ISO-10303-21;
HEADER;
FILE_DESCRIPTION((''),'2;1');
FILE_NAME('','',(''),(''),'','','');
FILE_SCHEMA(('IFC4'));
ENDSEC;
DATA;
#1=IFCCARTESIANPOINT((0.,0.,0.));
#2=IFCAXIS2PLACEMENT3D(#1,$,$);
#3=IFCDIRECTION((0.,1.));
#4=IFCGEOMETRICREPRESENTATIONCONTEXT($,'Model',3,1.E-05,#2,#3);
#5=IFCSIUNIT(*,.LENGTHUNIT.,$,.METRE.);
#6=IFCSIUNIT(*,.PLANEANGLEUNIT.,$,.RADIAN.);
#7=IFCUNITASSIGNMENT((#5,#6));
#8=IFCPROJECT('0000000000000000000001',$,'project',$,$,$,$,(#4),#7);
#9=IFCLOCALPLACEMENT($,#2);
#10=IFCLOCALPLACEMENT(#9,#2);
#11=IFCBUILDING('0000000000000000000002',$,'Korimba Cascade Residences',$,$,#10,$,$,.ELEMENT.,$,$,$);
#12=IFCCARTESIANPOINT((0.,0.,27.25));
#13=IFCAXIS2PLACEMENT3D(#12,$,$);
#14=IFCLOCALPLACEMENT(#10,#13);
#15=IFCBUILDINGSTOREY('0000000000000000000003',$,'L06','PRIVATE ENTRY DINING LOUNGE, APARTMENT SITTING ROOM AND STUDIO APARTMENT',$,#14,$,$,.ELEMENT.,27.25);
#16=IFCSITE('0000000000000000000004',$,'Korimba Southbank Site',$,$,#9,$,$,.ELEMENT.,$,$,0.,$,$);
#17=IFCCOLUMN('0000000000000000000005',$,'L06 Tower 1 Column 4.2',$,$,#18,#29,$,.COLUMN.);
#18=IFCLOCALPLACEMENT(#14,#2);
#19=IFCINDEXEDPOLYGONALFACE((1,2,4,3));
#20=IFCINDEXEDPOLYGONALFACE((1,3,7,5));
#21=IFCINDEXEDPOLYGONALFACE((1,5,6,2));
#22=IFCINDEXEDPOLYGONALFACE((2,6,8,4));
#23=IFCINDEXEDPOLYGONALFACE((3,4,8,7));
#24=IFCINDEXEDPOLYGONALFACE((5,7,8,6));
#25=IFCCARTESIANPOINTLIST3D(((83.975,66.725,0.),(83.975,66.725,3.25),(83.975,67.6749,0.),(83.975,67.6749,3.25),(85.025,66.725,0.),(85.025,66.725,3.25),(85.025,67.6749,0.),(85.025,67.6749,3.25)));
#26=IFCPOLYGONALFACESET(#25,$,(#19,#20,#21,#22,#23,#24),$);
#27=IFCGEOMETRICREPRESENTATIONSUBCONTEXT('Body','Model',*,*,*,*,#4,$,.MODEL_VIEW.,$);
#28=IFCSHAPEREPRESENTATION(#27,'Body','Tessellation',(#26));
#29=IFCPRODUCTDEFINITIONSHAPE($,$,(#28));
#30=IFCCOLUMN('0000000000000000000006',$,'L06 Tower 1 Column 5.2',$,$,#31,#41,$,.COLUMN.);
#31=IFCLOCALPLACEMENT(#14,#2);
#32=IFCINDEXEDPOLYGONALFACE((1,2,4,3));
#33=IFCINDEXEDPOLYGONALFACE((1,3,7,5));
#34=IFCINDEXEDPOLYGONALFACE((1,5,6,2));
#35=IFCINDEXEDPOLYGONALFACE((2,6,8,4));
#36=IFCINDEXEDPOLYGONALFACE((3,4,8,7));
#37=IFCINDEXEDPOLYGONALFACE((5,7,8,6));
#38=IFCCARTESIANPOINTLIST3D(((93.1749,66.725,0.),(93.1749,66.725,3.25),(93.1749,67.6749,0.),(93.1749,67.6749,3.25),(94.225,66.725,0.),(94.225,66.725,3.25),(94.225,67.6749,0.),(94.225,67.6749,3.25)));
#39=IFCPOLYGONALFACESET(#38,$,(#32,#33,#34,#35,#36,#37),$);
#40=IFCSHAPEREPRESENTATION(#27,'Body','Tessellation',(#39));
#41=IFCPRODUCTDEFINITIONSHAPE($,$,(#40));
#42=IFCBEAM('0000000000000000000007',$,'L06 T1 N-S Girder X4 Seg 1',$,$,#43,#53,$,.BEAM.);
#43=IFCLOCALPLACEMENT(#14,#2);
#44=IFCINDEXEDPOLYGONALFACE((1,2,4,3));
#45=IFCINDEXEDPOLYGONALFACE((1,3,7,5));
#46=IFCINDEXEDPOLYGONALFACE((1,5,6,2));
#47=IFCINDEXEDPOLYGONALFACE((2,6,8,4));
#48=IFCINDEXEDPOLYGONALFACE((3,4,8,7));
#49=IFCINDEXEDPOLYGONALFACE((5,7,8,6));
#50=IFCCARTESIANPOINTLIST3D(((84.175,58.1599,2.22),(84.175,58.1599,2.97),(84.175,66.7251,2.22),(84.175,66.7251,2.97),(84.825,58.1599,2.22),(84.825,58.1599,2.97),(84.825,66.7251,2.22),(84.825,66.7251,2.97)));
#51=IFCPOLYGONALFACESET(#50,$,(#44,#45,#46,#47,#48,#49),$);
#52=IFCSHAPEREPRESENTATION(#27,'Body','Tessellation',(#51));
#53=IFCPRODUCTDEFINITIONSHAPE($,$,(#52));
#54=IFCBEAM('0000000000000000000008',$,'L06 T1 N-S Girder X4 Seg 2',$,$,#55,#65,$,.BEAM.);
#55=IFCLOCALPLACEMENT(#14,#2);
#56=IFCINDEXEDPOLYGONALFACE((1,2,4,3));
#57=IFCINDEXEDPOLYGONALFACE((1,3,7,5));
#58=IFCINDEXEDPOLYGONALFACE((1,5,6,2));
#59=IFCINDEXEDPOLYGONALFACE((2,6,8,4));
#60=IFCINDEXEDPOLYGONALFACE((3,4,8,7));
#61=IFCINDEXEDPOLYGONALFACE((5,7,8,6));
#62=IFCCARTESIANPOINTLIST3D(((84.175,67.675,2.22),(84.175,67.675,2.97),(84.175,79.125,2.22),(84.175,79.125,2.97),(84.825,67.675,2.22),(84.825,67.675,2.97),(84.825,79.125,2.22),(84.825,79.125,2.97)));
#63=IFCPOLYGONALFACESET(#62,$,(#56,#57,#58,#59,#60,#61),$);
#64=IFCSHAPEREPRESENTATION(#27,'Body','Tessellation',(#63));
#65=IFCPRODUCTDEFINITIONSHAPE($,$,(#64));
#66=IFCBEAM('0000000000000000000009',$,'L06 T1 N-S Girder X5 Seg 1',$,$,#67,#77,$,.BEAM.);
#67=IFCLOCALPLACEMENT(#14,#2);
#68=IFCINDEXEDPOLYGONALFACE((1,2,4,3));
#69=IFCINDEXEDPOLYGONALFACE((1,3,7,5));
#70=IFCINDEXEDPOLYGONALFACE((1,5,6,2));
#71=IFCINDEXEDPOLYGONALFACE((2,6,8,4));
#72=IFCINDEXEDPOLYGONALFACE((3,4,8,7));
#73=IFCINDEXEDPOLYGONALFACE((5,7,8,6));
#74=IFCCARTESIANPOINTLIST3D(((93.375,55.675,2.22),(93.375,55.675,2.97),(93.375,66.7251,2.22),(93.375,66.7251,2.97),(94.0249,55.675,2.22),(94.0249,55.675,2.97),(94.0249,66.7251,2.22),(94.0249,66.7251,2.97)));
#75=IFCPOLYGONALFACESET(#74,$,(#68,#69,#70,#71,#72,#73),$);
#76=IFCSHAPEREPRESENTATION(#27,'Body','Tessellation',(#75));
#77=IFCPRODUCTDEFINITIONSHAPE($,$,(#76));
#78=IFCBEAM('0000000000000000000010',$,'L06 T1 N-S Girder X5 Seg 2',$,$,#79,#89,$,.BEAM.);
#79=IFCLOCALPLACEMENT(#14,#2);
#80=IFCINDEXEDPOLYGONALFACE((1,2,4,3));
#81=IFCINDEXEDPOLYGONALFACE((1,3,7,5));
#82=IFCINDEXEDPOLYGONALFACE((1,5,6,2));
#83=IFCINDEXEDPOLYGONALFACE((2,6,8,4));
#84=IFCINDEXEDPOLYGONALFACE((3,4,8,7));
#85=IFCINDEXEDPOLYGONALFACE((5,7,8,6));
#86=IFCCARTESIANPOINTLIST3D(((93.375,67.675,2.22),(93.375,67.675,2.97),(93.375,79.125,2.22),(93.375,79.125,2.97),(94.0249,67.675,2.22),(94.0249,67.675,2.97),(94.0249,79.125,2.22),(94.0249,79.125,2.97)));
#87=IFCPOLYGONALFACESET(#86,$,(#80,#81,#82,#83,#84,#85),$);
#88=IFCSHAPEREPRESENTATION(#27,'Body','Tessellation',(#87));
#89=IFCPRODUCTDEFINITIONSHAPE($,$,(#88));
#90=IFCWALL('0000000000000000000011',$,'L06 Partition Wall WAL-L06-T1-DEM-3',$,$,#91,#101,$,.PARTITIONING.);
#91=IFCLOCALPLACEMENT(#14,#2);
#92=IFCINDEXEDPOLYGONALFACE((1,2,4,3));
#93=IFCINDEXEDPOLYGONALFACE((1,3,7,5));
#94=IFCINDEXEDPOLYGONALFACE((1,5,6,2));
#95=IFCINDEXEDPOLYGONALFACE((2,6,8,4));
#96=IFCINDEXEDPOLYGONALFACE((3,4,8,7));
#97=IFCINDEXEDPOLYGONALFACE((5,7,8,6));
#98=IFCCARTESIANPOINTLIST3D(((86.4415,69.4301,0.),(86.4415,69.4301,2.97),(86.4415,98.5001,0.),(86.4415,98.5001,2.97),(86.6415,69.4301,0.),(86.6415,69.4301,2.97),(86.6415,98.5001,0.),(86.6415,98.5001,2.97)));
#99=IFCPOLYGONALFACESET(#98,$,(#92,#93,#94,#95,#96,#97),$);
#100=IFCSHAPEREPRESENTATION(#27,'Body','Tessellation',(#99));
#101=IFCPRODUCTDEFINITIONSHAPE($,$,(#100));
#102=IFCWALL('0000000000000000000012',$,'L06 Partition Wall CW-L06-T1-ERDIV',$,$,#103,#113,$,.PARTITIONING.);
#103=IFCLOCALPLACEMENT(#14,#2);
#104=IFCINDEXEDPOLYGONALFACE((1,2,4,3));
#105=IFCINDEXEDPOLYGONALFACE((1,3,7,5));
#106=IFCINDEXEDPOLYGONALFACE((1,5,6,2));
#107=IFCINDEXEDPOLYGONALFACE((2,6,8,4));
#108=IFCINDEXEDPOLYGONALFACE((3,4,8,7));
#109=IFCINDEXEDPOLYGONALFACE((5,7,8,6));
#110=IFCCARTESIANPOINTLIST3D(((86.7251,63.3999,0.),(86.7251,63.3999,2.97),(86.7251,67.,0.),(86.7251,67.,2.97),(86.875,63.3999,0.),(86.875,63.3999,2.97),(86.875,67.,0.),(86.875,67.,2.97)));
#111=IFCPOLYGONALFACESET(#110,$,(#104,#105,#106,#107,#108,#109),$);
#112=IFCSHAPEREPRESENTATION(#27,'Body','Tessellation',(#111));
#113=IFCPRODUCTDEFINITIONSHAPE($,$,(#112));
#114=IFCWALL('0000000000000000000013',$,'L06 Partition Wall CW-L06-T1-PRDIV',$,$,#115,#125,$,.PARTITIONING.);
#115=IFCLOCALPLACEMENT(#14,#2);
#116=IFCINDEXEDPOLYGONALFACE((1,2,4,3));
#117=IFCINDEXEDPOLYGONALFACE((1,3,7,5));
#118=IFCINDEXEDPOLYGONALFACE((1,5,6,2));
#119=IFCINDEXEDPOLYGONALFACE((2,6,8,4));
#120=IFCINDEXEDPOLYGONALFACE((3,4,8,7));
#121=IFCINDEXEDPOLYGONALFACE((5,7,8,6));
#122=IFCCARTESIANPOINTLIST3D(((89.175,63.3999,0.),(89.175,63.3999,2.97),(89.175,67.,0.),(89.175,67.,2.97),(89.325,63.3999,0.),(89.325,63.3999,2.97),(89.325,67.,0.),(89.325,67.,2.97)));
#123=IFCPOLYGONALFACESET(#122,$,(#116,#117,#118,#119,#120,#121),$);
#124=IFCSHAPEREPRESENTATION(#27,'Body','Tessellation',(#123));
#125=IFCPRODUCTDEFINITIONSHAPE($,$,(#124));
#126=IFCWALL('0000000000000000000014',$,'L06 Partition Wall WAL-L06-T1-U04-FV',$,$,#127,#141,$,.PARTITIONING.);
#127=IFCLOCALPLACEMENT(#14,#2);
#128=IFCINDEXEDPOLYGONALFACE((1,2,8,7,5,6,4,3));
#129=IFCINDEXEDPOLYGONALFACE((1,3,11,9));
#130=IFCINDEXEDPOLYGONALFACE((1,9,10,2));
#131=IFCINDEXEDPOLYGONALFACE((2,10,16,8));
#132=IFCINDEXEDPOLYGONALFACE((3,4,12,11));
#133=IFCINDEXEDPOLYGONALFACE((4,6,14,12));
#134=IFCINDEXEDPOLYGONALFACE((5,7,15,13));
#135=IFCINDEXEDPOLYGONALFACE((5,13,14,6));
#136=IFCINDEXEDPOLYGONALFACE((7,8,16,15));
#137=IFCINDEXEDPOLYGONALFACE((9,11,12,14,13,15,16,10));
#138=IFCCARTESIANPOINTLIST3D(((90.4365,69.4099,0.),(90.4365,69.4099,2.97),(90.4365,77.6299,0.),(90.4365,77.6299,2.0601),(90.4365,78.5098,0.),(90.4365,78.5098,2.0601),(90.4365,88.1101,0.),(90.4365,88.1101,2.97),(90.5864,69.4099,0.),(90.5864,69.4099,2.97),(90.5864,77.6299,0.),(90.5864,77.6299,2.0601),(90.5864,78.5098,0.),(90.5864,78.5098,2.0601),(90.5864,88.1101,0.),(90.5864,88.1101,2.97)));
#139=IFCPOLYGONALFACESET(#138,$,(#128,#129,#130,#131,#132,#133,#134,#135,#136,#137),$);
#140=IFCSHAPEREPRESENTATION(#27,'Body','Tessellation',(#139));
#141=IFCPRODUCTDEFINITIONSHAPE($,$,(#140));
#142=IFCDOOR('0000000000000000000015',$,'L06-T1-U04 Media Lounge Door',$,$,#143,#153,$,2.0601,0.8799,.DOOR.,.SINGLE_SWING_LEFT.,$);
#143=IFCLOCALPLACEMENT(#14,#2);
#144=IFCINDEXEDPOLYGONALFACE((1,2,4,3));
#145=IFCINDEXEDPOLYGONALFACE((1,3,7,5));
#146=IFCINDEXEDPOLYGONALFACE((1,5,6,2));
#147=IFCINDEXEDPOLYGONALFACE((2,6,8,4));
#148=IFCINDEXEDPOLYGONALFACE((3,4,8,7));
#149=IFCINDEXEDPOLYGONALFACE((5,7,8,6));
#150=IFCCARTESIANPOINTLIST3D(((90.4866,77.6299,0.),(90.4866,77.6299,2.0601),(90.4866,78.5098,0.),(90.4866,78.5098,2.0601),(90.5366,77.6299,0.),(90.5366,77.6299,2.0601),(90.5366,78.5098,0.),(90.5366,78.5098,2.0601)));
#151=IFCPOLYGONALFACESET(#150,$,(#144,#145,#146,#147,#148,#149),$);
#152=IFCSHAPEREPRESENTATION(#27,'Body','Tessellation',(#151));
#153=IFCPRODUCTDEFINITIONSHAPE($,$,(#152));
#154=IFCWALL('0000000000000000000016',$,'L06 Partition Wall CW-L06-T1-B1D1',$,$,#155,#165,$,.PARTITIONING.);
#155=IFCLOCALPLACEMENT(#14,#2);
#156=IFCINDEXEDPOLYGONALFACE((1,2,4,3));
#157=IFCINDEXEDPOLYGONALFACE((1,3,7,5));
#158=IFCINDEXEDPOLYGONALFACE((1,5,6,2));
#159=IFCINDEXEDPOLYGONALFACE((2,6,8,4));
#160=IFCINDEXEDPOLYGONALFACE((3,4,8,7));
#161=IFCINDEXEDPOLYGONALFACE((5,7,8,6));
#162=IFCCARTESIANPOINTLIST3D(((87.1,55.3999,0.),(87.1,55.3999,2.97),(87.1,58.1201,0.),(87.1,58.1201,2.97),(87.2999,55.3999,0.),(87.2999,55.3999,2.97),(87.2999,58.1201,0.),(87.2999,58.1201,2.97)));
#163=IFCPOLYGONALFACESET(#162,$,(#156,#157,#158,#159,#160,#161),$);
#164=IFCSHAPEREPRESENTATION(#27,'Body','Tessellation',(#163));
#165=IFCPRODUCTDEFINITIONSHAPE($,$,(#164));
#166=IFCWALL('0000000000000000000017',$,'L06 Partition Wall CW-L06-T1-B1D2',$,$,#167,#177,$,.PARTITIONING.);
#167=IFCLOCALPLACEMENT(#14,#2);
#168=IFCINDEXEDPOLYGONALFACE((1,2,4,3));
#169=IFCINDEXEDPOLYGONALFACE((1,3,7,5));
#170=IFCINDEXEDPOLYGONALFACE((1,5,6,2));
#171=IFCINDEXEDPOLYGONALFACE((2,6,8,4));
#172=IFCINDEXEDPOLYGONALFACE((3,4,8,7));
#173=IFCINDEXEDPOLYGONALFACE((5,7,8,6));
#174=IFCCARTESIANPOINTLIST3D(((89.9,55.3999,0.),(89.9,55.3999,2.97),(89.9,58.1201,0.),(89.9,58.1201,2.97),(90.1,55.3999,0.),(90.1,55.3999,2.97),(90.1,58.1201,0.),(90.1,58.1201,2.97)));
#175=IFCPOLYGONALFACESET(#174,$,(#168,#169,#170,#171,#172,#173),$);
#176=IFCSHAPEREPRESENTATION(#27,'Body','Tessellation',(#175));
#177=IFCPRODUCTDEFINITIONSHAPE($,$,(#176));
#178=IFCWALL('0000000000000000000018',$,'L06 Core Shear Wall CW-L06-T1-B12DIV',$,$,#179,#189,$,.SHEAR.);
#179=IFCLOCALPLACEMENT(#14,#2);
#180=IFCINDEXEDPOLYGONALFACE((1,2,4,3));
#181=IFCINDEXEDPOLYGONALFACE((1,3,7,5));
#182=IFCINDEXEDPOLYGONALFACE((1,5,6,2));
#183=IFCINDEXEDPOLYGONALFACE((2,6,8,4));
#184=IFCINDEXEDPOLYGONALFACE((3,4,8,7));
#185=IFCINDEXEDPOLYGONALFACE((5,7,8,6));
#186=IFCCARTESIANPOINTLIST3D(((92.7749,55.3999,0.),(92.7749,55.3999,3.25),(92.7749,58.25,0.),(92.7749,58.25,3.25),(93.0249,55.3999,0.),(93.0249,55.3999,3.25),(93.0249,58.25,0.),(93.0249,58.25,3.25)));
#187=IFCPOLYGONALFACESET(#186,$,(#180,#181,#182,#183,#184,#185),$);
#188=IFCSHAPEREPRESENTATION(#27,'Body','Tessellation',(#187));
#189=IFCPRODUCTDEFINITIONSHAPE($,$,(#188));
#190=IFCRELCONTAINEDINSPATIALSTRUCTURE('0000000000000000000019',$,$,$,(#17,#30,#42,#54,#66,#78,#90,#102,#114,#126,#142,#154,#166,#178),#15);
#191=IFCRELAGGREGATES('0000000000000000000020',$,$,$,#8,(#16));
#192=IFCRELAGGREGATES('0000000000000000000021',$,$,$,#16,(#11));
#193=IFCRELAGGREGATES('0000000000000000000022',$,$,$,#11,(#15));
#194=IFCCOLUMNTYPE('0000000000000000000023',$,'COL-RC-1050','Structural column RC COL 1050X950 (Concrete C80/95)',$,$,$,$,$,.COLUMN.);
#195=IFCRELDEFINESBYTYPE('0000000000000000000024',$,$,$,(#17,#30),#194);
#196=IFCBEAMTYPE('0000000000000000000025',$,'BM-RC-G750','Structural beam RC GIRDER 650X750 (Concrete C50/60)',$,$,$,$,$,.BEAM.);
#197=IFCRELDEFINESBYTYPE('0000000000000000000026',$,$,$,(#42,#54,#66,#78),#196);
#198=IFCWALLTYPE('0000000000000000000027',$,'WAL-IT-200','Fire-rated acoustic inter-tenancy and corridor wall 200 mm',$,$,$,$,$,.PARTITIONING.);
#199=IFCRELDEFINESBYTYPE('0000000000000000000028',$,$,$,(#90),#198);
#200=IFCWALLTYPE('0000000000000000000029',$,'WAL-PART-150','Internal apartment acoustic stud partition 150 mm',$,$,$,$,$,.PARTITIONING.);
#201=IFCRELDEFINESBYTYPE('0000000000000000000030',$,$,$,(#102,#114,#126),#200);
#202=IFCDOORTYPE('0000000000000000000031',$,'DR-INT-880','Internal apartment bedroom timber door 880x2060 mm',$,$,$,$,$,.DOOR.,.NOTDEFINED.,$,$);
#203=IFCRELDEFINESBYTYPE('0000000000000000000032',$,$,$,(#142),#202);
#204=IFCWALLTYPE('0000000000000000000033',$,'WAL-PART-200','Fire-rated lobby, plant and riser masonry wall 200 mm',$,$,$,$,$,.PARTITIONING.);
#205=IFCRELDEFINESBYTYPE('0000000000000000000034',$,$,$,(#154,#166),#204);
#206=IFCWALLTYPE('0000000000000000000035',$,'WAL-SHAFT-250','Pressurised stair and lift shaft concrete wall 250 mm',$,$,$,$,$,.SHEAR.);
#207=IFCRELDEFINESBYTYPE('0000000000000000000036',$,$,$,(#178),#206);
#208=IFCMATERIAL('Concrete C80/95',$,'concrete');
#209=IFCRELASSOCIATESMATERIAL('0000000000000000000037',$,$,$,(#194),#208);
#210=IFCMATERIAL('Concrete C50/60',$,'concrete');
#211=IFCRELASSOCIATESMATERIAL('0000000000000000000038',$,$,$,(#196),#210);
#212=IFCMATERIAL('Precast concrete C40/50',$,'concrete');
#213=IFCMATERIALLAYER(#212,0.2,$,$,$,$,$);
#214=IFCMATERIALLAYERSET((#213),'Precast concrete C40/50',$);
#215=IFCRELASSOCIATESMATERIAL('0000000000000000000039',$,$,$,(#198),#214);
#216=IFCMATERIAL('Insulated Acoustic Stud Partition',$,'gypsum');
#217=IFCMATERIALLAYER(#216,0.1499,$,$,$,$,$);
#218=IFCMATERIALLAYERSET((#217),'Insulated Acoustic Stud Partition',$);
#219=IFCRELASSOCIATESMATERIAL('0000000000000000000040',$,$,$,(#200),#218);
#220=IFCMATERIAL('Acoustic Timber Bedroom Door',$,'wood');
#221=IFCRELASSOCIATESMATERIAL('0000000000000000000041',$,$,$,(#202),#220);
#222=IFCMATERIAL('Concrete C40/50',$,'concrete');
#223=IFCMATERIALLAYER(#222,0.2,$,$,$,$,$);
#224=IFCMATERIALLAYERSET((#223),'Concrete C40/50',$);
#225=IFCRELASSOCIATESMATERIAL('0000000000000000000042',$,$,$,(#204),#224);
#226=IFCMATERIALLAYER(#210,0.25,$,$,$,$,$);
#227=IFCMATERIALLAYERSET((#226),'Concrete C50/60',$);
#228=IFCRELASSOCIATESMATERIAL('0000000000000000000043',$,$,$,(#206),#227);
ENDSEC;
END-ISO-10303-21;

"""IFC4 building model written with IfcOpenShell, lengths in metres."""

from ifc_helpers import new_model, si_unit, direction, frame, frame_2d, origin, origin_2d, place, context, subcontext, project, spatial, rectangle, extrude, material, layer, layer_set, material_profile, profile_set, type_object, element, fill, save


model = new_model("IFC4")

# Units and contexts
model_context = context("Model", 3, precision=1e-05, world=origin(), true_north=direction((0.0, 1.0)))
body_context = subcontext(model_context, "Body", "Model", "MODEL_VIEW")
ifc_project = project(units=[si_unit("LENGTHUNIT", "METRE"), si_unit("PLANEANGLEUNIT", "RADIAN")], contexts=[model_context])

# Site, building, storey
site_placement = place(None, origin())
site = spatial("IfcSite", under=ifc_project, at=site_placement, Name="Korimba Southbank Site", CompositionType="ELEMENT", RefElevation=0.0)
building_placement = place(site_placement, origin())
building = spatial("IfcBuilding", under=site, at=building_placement, Name="Korimba Cascade Residences", CompositionType="ELEMENT")
storey_placement = place(building_placement, frame((0.0, 0.0, 27.25)))
storey = spatial("IfcBuildingStorey", under=building, at=storey_placement, Name="L06", Description="PRIVATE ENTRY DINING LOUNGE, APARTMENT SITTING ROOM AND STUDIO APARTMENT", CompositionType="ELEMENT", Elevation=27.25)

# Columns
ifc_material_1 = material(Name="Concrete C80/95", Category="concrete")
ifc_material_profile_1 = material_profile(ifc_material_1, rectangle(XDim=1.05, YDim=0.95, at=origin_2d()), Name="Concrete C80/95")
ifc_profile_set_1 = profile_set([ifc_material_profile_1], Name="Concrete C80/95")
column_type = type_object("IfcColumnType", Name="COL-RC-1050", Description="Structural column RC COL 1050X950 (Concrete C80/95)", PredefinedType="COLUMN", material=ifc_profile_set_1)
for number, where, z_axis, x_axis, name in (
    (1, (84.5, 67.2, 0.0), (0.0, 0.0, 1.0), (1.0, 0.0, 0.0), "L06 Tower 1 Column 4.2"),
    (2, (93.7, 67.2, 0.0), (0.0, 0.0, 1.0), (1.0, 0.0, 0.0), "L06 Tower 1 Column 5.2"),
):
    element("IfcColumn", number, at=place(storey_placement, frame(where, z_axis=z_axis, x_axis=x_axis)), inside=storey, type_object=column_type, Name=name, PredefinedType="COLUMN", context=body_context, shape_type="SweptSolid", body=[
        extrude(rectangle(XDim=1.05, YDim=0.95, at=origin_2d()), origin(), (0.0, 0.0, 1.0), 3.25),
    ])

# Beams
ifc_material_2 = material(Name="Concrete C50/60", Category="concrete")
ifc_material_profile_2 = material_profile(ifc_material_2, rectangle(XDim=0.6499, YDim=0.75, at=origin_2d()), Name="Concrete C50/60")
ifc_profile_set_2 = profile_set([ifc_material_profile_2], Name="Concrete C50/60")
beam_type = type_object("IfcBeamType", Name="BM-RC-G750", Description="Structural beam RC GIRDER 650X750 (Concrete C50/60)", PredefinedType="BEAM", material=ifc_profile_set_2)
beam_1_placement = place(storey_placement, frame((84.5, 58.1599, 2.595), z_axis=(0.0, 1.0, 0.0), x_axis=(-1.0, 0.0, 0.0)))
element("IfcBeam", 3, at=beam_1_placement, inside=storey, type_object=beam_type, Name="L06 T1 N-S Girder X4 Seg 1", PredefinedType="BEAM", context=body_context, shape_type="SweptSolid", body=[
    extrude(rectangle(XDim=0.6499, YDim=0.75, at=origin_2d()), origin(), (0.0, 0.0, 1.0), 8.5652),
])
beam_2_placement = place(storey_placement, frame((84.5, 67.675, 2.595), z_axis=(0.0, 1.0, 0.0), x_axis=(-1.0, 0.0, 0.0)))
element("IfcBeam", 4, at=beam_2_placement, inside=storey, type_object=beam_type, Name="L06 T1 N-S Girder X4 Seg 2", PredefinedType="BEAM", context=body_context, shape_type="SweptSolid", body=[
    extrude(rectangle(XDim=0.6499, YDim=0.75, at=origin_2d()), origin(), (0.0, 0.0, 1.0), 11.45),
])
beam_3_placement = place(storey_placement, frame((93.7, 55.675, 2.595), z_axis=(0.0, 1.0, 0.0), x_axis=(-1.0, 0.0, 0.0)))
element("IfcBeam", 5, at=beam_3_placement, inside=storey, type_object=beam_type, Name="L06 T1 N-S Girder X5 Seg 1", PredefinedType="BEAM", context=body_context, shape_type="SweptSolid", body=[
    extrude(rectangle(XDim=0.6499, YDim=0.75, at=origin_2d()), origin(), (0.0, 0.0, 1.0), 11.05),
])
beam_4_placement = place(storey_placement, frame((93.7, 67.675, 2.595), z_axis=(0.0, 1.0, 0.0), x_axis=(-1.0, 0.0, 0.0)))
element("IfcBeam", 6, at=beam_4_placement, inside=storey, type_object=beam_type, Name="L06 T1 N-S Girder X5 Seg 2", PredefinedType="BEAM", context=body_context, shape_type="SweptSolid", body=[
    extrude(rectangle(XDim=0.6499, YDim=0.75, at=origin_2d()), origin(), (0.0, 0.0, 1.0), 11.45),
])

# Walls
ifc_material_3 = material(Name="Precast concrete C40/50", Category="concrete")
ifc_layer_1 = layer(ifc_material_3, 0.2)
ifc_layer_set_1 = layer_set([ifc_layer_1], Name="Precast concrete C40/50")
wall_type_1 = type_object("IfcWallType", Name="WAL-IT-200", Description="Fire-rated acoustic inter-tenancy and corridor wall 200 mm", PredefinedType="PARTITIONING", material=ifc_layer_set_1)
wall_1_placement = place(storey_placement, frame((86.5415, 69.4299, 0.0), z_axis=(0.0, 0.0, 1.0), x_axis=(0.0, 1.0, 0.0)))
element("IfcWall", 7, at=wall_1_placement, inside=storey, type_object=wall_type_1, Name="L06 Partition Wall WAL-L06-T1-DEM-3", PredefinedType="PARTITIONING", context=body_context, shape_type="SweptSolid", body=[
    extrude(rectangle(XDim=29.0701, YDim=0.2, at=frame_2d((14.5352, 0.0))), origin(), (0.0, 0.0, 1.0), 2.97),
])
ifc_material_4 = material(Name="Insulated Acoustic Stud Partition", Category="gypsum")
ifc_layer_2 = layer(ifc_material_4, 0.1499)
ifc_layer_set_2 = layer_set([ifc_layer_2], Name="Insulated Acoustic Stud Partition")
wall_type_2 = type_object("IfcWallType", Name="WAL-PART-150", Description="Internal apartment acoustic stud partition 150 mm", PredefinedType="PARTITIONING", material=ifc_layer_set_2)
for number, where, z_axis, x_axis, name in (
    (8, (86.8, 63.3999, 0.0), (0.0, 0.0, 1.0), (0.0, 1.0, 0.0), "L06 Partition Wall CW-L06-T1-ERDIV"),
    (9, (89.25, 63.3999, 0.0), (0.0, 0.0, 1.0), (0.0, 1.0, 0.0), "L06 Partition Wall CW-L06-T1-PRDIV"),
):
    element("IfcWall", number, at=place(storey_placement, frame(where, z_axis=z_axis, x_axis=x_axis)), inside=storey, type_object=wall_type_2, Name=name, PredefinedType="PARTITIONING", context=body_context, shape_type="SweptSolid", body=[
        extrude(rectangle(XDim=3.6001, YDim=0.1499, at=frame_2d((1.8, 0.0))), origin(), (0.0, 0.0, 1.0), 2.97),
    ])

# Wall, opening, door
wall_2_placement = place(storey_placement, frame((90.5115, 69.4099, 0.0), z_axis=(0.0, 0.0, 1.0), x_axis=(0.0, 1.0, 0.0)))
wall_2 = element("IfcWall", 10, at=wall_2_placement, inside=storey, type_object=wall_type_2, Name="L06 Partition Wall WAL-L06-T1-U04-FV", PredefinedType="PARTITIONING", context=body_context, shape_type="SweptSolid", body=[
    extrude(rectangle(XDim=18.7002, YDim=0.1499, at=frame_2d((9.3501, 0.0))), origin(), (0.0, 0.0, 1.0), 2.97),
])
opening_placement = place(wall_2_placement, frame((8.22, 0.0, 0.0)))
opening = element("IfcOpeningElement", 11, at=opening_placement, cuts=wall_2, PredefinedType="OPENING", context=body_context, shape_type="SweptSolid", body=[
    extrude(rectangle(XDim=0.8799, YDim=2.0601, at=frame_2d((0.4399, 1.03))), frame((0.0, 0.085, 0.0), z_axis=(0.0, -1.0, 0.0), x_axis=(1.0, 0.0, 0.0)), (0.0, 0.0, 1.0), 0.1699),
])
ifc_material_5 = material(Name="Acoustic Timber Bedroom Door", Category="wood")
door_type = type_object("IfcDoorType", Name="DR-INT-880", Description="Internal apartment bedroom timber door 880x2060 mm", OperationType="NOTDEFINED", PredefinedType="DOOR", material=ifc_material_5)
door_placement = place(opening_placement, origin())
door = element("IfcDoor", 12, at=door_placement, inside=storey, type_object=door_type, Name="L06-T1-U04 Media Lounge Door", OperationType="SINGLE_SWING_LEFT", OverallHeight=2.0601, OverallWidth=0.8799, PredefinedType="DOOR", context=body_context, shape_type="SweptSolid", body=[
    extrude(rectangle(XDim=0.8799, YDim=2.0601, at=frame_2d((0.4399, 1.03))), frame((0.0, 0.0249, 0.0), z_axis=(0.0, -1.0, 0.0), x_axis=(1.0, 0.0, 0.0)), (0.0, 0.0, 1.0), 0.05),
])
fill(opening, door)

# Walls
ifc_material_6 = material(Name="Concrete C40/50", Category="concrete")
ifc_layer_3 = layer(ifc_material_6, 0.2)
ifc_layer_set_3 = layer_set([ifc_layer_3], Name="Concrete C40/50")
wall_type_3 = type_object("IfcWallType", Name="WAL-PART-200", Description="Fire-rated lobby, plant and riser masonry wall 200 mm", PredefinedType="PARTITIONING", material=ifc_layer_set_3)
for number, where, z_axis, x_axis, name in (
    (13, (87.2, 55.3999, 0.0), (0.0, 0.0, 1.0), (0.0, 1.0, 0.0), "L06 Partition Wall CW-L06-T1-B1D1"),
    (14, (90.0, 55.3999, 0.0), (0.0, 0.0, 1.0), (0.0, 1.0, 0.0), "L06 Partition Wall CW-L06-T1-B1D2"),
):
    element("IfcWall", number, at=place(storey_placement, frame(where, z_axis=z_axis, x_axis=x_axis)), inside=storey, type_object=wall_type_3, Name=name, PredefinedType="PARTITIONING", context=body_context, shape_type="SweptSolid", body=[
        extrude(rectangle(XDim=2.7202, YDim=0.2, at=frame_2d((1.3601, 0.0))), origin(), (0.0, 0.0, 1.0), 2.97),
    ])
ifc_layer_4 = layer(ifc_material_2, 0.25)
ifc_layer_set_4 = layer_set([ifc_layer_4], Name="Concrete C50/60")
wall_type_4 = type_object("IfcWallType", Name="WAL-SHAFT-250", Description="Pressurised stair and lift shaft concrete wall 250 mm", PredefinedType="SHEAR", material=ifc_layer_set_4)
wall_3_placement = place(storey_placement, frame((92.8999, 55.3999, 0.0), z_axis=(0.0, 0.0, 1.0), x_axis=(0.0, 1.0, 0.0)))
element("IfcWall", 15, at=wall_3_placement, inside=storey, type_object=wall_type_4, Name="L06 Core Shear Wall CW-L06-T1-B12DIV", PredefinedType="SHEAR", context=body_context, shape_type="SweptSolid", body=[
    extrude(rectangle(XDim=2.8501, YDim=0.25, at=frame_2d((1.425, 0.0))), origin(), (0.0, 0.0, 1.0), 3.25),
])

save(model, "model.ifc")
